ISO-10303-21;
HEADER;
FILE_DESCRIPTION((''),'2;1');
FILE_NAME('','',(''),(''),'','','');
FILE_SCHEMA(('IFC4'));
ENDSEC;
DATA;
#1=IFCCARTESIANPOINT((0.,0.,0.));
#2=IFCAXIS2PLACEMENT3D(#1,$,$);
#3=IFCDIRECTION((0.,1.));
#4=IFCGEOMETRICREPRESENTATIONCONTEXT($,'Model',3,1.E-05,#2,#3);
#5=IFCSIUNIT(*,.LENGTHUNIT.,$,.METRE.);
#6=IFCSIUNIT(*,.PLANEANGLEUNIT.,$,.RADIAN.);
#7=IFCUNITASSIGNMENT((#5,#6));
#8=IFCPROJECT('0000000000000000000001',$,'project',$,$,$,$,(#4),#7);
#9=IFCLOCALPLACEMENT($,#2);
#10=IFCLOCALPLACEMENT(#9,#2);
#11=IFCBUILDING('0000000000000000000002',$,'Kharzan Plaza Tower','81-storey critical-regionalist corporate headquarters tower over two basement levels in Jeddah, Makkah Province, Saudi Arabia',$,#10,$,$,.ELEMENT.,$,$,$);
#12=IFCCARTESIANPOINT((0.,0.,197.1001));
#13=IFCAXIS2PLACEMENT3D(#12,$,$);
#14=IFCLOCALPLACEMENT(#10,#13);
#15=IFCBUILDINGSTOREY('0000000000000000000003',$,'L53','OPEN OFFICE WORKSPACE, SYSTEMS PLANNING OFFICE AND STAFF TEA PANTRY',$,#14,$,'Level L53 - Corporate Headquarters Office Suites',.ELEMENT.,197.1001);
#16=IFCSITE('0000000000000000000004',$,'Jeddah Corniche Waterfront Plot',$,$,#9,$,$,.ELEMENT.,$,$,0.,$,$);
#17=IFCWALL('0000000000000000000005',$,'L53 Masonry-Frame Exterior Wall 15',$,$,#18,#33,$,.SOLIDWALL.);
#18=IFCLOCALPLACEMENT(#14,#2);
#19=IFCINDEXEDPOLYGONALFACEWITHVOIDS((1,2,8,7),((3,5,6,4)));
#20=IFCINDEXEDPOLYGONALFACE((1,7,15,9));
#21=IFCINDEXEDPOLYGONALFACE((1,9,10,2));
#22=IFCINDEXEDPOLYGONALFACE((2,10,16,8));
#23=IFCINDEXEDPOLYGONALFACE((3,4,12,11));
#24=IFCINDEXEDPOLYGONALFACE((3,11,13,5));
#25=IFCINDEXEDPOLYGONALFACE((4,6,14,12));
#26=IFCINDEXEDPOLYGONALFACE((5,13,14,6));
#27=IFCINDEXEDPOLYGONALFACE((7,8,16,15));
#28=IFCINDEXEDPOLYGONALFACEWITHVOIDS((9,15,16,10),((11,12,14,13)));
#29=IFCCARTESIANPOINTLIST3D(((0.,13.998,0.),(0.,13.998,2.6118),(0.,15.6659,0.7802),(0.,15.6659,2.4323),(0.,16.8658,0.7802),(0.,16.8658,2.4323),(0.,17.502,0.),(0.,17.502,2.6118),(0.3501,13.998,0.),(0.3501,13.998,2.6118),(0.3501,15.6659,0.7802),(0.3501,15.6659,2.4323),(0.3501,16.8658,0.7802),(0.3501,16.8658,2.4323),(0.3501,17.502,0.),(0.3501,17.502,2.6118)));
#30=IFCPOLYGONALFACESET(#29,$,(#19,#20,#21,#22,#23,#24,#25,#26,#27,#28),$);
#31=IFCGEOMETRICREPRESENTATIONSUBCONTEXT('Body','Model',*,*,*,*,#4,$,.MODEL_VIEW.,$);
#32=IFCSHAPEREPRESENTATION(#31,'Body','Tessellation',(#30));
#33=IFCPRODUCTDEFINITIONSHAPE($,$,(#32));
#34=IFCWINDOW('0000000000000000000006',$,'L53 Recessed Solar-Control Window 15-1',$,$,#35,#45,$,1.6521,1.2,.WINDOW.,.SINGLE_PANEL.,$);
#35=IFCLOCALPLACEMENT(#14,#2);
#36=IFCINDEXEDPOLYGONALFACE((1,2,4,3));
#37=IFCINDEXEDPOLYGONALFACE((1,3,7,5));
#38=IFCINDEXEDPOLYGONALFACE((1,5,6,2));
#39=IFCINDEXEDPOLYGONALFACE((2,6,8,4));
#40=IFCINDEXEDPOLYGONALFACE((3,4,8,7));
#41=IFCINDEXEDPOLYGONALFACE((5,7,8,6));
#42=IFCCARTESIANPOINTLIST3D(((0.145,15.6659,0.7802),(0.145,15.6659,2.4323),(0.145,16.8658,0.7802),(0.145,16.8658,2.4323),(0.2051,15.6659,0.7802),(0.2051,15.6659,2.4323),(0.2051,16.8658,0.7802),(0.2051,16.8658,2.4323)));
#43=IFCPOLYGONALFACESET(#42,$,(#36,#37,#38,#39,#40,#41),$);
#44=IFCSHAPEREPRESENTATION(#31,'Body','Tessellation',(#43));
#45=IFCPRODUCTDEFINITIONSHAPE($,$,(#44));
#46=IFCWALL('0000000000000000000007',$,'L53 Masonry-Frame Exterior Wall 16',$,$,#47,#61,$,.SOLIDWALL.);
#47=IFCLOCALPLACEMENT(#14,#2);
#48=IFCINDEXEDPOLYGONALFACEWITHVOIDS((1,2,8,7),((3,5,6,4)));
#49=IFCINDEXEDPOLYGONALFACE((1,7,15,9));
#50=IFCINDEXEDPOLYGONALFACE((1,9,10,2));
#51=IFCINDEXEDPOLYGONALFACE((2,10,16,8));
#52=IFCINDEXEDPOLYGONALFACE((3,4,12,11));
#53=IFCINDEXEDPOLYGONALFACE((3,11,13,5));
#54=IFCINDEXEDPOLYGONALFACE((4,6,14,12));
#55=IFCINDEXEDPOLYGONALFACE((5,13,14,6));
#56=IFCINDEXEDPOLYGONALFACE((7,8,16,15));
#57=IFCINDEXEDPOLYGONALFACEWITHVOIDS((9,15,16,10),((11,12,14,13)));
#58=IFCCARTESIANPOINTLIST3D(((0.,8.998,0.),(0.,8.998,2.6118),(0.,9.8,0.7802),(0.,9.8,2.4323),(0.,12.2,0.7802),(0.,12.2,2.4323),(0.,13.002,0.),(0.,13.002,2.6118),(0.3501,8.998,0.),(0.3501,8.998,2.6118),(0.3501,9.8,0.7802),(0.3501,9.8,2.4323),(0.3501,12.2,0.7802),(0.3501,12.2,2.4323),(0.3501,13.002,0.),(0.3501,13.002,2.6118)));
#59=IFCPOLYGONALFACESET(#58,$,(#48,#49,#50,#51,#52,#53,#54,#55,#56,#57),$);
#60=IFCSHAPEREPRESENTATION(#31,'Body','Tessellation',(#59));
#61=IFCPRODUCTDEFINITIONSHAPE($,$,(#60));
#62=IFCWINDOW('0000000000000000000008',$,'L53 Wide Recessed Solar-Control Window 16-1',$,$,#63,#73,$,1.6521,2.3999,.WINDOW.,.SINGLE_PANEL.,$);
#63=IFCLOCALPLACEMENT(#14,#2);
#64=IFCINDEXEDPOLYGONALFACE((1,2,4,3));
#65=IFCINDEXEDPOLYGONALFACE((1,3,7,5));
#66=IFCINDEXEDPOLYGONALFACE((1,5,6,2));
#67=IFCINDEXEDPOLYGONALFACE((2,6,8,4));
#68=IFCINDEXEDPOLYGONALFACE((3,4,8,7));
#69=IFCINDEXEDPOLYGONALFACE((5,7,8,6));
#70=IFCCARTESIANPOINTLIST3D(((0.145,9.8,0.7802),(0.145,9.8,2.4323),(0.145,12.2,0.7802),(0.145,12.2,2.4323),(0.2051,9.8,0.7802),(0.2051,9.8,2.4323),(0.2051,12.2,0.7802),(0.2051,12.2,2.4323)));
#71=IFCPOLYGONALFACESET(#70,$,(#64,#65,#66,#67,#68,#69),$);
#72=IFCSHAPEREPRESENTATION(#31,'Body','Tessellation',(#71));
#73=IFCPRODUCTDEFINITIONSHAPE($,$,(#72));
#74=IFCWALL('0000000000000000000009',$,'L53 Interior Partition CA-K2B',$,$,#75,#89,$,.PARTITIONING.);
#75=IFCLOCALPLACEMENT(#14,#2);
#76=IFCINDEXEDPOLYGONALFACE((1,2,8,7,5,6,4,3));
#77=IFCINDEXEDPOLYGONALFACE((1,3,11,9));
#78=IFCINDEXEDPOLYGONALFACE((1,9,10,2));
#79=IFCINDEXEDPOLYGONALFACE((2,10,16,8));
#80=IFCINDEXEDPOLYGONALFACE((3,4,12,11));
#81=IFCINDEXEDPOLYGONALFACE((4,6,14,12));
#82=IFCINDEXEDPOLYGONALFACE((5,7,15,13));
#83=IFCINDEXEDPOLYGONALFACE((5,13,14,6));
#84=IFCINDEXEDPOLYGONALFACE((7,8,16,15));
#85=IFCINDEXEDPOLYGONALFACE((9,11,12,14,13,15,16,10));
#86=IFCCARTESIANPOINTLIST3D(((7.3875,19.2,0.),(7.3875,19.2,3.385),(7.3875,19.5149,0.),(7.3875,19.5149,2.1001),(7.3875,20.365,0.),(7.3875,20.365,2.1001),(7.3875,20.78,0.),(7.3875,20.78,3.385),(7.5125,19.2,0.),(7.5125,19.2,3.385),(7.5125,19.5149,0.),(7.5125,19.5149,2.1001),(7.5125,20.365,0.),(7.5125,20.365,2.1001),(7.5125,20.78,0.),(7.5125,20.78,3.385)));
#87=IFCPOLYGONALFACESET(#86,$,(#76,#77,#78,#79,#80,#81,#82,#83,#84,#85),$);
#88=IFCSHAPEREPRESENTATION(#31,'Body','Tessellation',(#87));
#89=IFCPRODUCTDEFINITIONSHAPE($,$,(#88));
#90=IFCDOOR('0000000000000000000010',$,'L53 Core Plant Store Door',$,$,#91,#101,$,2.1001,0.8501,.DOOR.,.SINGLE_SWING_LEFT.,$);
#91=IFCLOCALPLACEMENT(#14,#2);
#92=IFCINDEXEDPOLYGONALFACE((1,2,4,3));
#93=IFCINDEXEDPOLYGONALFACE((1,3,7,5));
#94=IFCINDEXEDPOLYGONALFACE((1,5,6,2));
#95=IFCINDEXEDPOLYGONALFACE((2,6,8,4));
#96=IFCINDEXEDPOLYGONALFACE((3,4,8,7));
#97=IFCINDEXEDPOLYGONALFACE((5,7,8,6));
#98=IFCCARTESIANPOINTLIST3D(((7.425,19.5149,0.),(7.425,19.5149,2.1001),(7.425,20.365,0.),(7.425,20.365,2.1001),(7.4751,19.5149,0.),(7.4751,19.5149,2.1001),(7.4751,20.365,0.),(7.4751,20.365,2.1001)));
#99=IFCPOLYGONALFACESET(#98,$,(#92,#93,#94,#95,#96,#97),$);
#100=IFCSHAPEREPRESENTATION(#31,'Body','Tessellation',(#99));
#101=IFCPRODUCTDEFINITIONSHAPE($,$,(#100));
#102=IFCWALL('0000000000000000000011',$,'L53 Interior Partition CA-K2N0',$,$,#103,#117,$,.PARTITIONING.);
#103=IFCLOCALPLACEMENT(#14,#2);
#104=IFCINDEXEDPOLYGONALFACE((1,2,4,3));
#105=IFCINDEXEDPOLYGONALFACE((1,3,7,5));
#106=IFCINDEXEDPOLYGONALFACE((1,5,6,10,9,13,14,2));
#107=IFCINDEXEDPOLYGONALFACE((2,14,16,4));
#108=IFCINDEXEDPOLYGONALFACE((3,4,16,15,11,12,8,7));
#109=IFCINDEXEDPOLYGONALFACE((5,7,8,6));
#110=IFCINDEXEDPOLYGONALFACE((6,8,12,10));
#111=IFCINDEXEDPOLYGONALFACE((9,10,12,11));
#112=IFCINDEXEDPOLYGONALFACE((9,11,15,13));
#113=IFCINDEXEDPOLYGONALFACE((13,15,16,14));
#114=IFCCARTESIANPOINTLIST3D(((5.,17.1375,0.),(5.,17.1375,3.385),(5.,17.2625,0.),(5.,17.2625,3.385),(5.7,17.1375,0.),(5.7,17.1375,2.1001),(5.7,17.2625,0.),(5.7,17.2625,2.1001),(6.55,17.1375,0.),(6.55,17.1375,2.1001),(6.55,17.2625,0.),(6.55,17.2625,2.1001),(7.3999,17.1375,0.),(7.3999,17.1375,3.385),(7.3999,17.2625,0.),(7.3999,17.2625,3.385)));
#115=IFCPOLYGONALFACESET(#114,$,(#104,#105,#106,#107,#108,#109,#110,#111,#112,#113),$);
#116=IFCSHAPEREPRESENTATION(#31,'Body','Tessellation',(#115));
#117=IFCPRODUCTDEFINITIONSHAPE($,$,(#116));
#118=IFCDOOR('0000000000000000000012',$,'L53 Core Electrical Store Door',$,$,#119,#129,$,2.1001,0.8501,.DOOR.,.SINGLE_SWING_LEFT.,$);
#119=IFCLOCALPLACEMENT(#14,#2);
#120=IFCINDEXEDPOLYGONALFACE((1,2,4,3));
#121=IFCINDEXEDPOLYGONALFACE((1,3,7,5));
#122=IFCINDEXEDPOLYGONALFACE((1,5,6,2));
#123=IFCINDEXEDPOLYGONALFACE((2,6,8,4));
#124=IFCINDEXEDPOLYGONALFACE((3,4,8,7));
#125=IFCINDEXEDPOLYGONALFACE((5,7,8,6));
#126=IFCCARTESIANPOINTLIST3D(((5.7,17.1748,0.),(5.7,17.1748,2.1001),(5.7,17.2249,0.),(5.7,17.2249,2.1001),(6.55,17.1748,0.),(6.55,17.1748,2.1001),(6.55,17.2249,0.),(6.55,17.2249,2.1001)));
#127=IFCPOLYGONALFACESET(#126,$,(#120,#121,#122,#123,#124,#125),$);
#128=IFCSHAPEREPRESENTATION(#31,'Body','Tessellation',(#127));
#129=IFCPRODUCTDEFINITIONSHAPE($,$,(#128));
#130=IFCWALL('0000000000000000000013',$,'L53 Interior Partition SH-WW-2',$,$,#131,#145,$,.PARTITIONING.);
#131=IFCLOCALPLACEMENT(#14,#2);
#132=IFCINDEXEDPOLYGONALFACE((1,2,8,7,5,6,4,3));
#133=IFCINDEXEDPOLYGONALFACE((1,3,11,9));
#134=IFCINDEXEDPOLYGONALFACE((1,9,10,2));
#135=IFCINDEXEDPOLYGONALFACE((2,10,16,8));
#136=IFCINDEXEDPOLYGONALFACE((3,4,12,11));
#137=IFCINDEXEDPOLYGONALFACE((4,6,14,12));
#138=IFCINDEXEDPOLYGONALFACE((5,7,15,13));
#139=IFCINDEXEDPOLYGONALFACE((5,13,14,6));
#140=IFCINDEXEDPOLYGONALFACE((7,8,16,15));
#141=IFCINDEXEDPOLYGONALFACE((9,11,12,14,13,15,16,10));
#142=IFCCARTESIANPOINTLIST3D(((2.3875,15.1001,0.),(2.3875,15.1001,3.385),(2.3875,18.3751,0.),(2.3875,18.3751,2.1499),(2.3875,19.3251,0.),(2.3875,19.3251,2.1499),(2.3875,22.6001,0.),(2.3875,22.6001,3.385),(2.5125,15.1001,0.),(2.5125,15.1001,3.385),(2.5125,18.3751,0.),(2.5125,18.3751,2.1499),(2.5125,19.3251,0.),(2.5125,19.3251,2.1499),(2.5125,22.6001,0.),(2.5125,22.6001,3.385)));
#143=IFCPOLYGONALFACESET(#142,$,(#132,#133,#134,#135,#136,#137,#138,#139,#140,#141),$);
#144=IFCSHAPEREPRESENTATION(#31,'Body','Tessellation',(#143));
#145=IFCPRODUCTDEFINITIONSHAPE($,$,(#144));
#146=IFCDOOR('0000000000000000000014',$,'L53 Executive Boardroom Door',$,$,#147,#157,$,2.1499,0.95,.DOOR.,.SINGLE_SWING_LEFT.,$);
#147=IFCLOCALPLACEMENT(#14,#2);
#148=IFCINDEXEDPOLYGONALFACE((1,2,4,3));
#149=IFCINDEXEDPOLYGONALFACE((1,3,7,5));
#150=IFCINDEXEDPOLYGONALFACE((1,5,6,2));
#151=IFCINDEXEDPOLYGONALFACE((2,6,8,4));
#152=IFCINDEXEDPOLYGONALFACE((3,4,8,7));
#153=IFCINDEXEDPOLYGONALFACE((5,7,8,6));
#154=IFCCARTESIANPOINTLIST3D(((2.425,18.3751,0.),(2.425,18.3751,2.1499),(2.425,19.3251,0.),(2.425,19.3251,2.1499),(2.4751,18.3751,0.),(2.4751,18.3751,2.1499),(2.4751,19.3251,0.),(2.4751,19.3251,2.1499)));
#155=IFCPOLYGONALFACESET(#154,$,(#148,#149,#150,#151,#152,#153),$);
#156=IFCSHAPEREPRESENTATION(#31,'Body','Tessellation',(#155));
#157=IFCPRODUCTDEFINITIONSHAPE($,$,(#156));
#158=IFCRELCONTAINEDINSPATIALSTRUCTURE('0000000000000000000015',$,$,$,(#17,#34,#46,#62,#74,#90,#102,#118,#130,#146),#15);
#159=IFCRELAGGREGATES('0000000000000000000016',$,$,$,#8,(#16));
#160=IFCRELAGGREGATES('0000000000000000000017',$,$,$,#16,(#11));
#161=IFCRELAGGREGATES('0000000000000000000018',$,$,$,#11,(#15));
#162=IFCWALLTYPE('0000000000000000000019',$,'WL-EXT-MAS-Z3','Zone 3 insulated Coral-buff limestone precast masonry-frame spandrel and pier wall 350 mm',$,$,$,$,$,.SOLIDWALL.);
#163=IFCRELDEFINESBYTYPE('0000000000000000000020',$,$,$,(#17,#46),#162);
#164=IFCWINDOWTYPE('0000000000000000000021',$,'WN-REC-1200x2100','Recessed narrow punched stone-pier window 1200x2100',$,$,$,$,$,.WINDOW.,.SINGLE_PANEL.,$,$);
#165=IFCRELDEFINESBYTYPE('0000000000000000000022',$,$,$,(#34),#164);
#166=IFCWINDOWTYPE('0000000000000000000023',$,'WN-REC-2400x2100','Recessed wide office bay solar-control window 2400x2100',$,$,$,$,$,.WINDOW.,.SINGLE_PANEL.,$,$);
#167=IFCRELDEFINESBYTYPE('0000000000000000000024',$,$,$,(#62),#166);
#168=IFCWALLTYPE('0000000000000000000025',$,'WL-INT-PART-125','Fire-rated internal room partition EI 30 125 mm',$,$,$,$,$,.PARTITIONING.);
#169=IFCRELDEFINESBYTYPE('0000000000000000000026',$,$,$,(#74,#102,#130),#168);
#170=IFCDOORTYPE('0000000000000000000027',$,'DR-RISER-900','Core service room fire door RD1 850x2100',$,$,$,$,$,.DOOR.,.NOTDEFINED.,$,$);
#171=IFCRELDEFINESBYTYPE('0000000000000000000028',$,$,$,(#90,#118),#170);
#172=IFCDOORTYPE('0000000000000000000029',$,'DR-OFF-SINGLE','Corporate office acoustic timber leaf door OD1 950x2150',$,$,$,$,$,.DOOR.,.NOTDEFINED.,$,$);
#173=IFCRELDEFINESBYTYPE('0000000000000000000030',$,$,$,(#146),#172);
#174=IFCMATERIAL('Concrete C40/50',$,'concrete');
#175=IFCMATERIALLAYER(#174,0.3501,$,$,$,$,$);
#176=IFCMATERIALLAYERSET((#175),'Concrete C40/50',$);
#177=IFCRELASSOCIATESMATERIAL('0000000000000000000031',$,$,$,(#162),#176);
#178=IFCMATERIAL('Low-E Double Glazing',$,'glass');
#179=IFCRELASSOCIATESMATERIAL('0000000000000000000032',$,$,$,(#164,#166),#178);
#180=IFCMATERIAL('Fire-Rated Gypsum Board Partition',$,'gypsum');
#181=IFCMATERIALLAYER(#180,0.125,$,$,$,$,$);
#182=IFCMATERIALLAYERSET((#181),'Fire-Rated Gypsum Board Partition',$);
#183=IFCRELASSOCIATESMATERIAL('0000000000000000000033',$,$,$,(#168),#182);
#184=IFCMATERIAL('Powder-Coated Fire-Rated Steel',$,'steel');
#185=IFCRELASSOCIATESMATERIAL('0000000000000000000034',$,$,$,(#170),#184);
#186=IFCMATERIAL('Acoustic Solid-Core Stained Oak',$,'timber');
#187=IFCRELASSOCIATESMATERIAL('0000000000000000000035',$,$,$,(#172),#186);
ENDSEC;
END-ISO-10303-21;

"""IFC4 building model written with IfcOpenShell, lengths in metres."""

from ifc_helpers import new_model, si_unit, direction, frame, frame_2d, origin, place, context, subcontext, project, spatial, rectangle, extrude, source, transform, mapped, material, layer, layer_set, type_object, element, fill, save


model = new_model("IFC4")

# Units and contexts
model_context = context("Model", 3, precision=1e-05, world=origin(), true_north=direction((0.0, 1.0)))
body_context = subcontext(model_context, "Body", "Model", "MODEL_VIEW")
ifc_project = project(units=[si_unit("LENGTHUNIT", "METRE"), si_unit("PLANEANGLEUNIT", "RADIAN")], contexts=[model_context])

# Site, building, storey
site_placement = place(None, origin())
site = spatial("IfcSite", under=ifc_project, at=site_placement, Name="Jeddah Corniche Waterfront Plot", CompositionType="ELEMENT", RefElevation=0.0)
building_placement = place(site_placement, origin())
building = spatial("IfcBuilding", under=site, at=building_placement, Name="Kharzan Plaza Tower", Description="81-storey critical-regionalist corporate headquarters tower over two basement levels in Jeddah, Makkah Province, Saudi Arabia", CompositionType="ELEMENT")
storey_placement = place(building_placement, frame((0.0, 0.0, 197.1001)))
storey = spatial("IfcBuildingStorey", under=building, at=storey_placement, Name="L53", Description="OPEN OFFICE WORKSPACE, SYSTEMS PLANNING OFFICE AND STAFF TEA PANTRY", LongName="Level L53 - Corporate Headquarters Office Suites", CompositionType="ELEMENT", Elevation=197.1001)

# Walls, openings, windows
ifc_material_1 = material(Name="Concrete C40/50", Category="concrete")
ifc_layer_1 = layer(ifc_material_1, 0.3501)
ifc_layer_set_1 = layer_set([ifc_layer_1], Name="Concrete C40/50")
wall_type_1 = type_object("IfcWallType", Name="WL-EXT-MAS-Z3", Description="Zone 3 insulated Coral-buff limestone precast masonry-frame spandrel and pier wall 350 mm", PredefinedType="SOLIDWALL", material=ifc_layer_set_1)
wall_1_placement = place(storey_placement, frame((0.175, 17.502, 0.0), z_axis=(0.0, 0.0, 1.0), x_axis=(0.0, -1.0, 0.0)))
wall_1 = element("IfcWall", 1, at=wall_1_placement, inside=storey, type_object=wall_type_1, Name="L53 Masonry-Frame Exterior Wall 15", PredefinedType="SOLIDWALL", context=body_context, shape_type="SweptSolid", body=[
    extrude(rectangle(XDim=3.5039, YDim=0.3501, at=frame_2d((1.752, 0.0))), origin(), (0.0, 0.0, 1.0), 2.6118),
])
opening_1_placement = place(wall_1_placement, frame((0.636, 0.0, 0.78)))
opening_1 = element("IfcOpeningElement", 2, at=opening_1_placement, cuts=wall_1, PredefinedType="OPENING", context=body_context, shape_type="SweptSolid", body=[
    extrude(rectangle(XDim=1.2, YDim=1.6521, at=frame_2d((0.6001, 0.8262))), frame((0.0, 0.1851, 0.0), z_axis=(0.0, -1.0, 0.0), x_axis=(1.0, 0.0, 0.0)), (0.0, 0.0, 1.0), 0.3701),
])
ifc_material_2 = material(Name="Low-E Double Glazing", Category="glass")
window_type_1 = type_object("IfcWindowType", Name="WN-REC-1200x2100", Description="Recessed narrow punched stone-pier window 1200x2100", PartitioningType="SINGLE_PANEL", PredefinedType="WINDOW", material=ifc_material_2)
shared_shape_1 = source(origin(), body_context, "Body", "SweptSolid", [
    extrude(rectangle(XDim=1.2, YDim=1.6521, at=frame_2d((0.6001, 0.8262))), frame((0.0, 0.03, 0.0), z_axis=(0.0, -1.0, 0.0), x_axis=(1.0, 0.0, 0.0)), (0.0, 0.0, 1.0), 0.0601),
])
window_1_placement = place(opening_1_placement, origin())
window_1 = element("IfcWindow", 3, at=window_1_placement, inside=storey, type_object=window_type_1, Name="L53 Recessed Solar-Control Window 15-1", OverallHeight=1.6521, OverallWidth=1.2, PartitioningType="SINGLE_PANEL", PredefinedType="WINDOW", context=body_context, shape_type="MappedRepresentation", body=[
    mapped(shared_shape_1, transform((0.0, 0.0, 0.0), x_axis=(1.0, 0.0, 0.0), y_axis=(0.0, 1.0, 0.0), z_axis=(0.0, 0.0, 1.0))),
])
fill(opening_1, window_1)
wall_2_placement = place(storey_placement, frame((0.175, 13.002, 0.0), z_axis=(0.0, 0.0, 1.0), x_axis=(0.0, -1.0, 0.0)))
wall_2 = element("IfcWall", 4, at=wall_2_placement, inside=storey, type_object=wall_type_1, Name="L53 Masonry-Frame Exterior Wall 16", PredefinedType="SOLIDWALL", context=body_context, shape_type="SweptSolid", body=[
    extrude(rectangle(XDim=4.0039, YDim=0.3501, at=frame_2d((2.002, 0.0))), origin(), (0.0, 0.0, 1.0), 2.6118),
])
opening_2_placement = place(wall_2_placement, frame((0.802, 0.0, 0.78)))
opening_2 = element("IfcOpeningElement", 5, at=opening_2_placement, cuts=wall_2, PredefinedType="OPENING", context=body_context, shape_type="SweptSolid", body=[
    extrude(rectangle(XDim=2.3999, YDim=1.6521, at=frame_2d((1.2, 0.8262))), frame((0.0, 0.1851, 0.0), z_axis=(0.0, -1.0, 0.0), x_axis=(1.0, 0.0, 0.0)), (0.0, 0.0, 1.0), 0.3701),
])
window_type_2 = type_object("IfcWindowType", Name="WN-REC-2400x2100", Description="Recessed wide office bay solar-control window 2400x2100", PartitioningType="SINGLE_PANEL", PredefinedType="WINDOW", material=ifc_material_2)
shared_shape_2 = source(origin(), body_context, "Body", "SweptSolid", [
    extrude(rectangle(XDim=2.3999, YDim=1.6521, at=frame_2d((1.2, 0.8262))), frame((0.0, 0.03, 0.0), z_axis=(0.0, -1.0, 0.0), x_axis=(1.0, 0.0, 0.0)), (0.0, 0.0, 1.0), 0.0601),
])
window_2_placement = place(opening_2_placement, origin())
window_2 = element("IfcWindow", 6, at=window_2_placement, inside=storey, type_object=window_type_2, Name="L53 Wide Recessed Solar-Control Window 16-1", OverallHeight=1.6521, OverallWidth=2.3999, PartitioningType="SINGLE_PANEL", PredefinedType="WINDOW", context=body_context, shape_type="MappedRepresentation", body=[
    mapped(shared_shape_2, transform((0.0, 0.0, 0.0), x_axis=(1.0, 0.0, 0.0), y_axis=(0.0, 1.0, 0.0), z_axis=(0.0, 0.0, 1.0))),
])
fill(opening_2, window_2)

# Walls, openings, doors
ifc_material_3 = material(Name="Fire-Rated Gypsum Board Partition", Category="gypsum")
ifc_layer_2 = layer(ifc_material_3, 0.125)
ifc_layer_set_2 = layer_set([ifc_layer_2], Name="Fire-Rated Gypsum Board Partition")
wall_type_2 = type_object("IfcWallType", Name="WL-INT-PART-125", Description="Fire-rated internal room partition EI 30 125 mm", PredefinedType="PARTITIONING", material=ifc_layer_set_2)
wall_3_placement = place(storey_placement, frame((7.45, 19.2, 0.0), z_axis=(0.0, 0.0, 1.0), x_axis=(0.0, 1.0, 0.0)))
wall_3 = element("IfcWall", 7, at=wall_3_placement, inside=storey, type_object=wall_type_2, Name="L53 Interior Partition CA-K2B", PredefinedType="PARTITIONING", context=body_context, shape_type="SweptSolid", body=[
    extrude(rectangle(XDim=1.5801, YDim=0.125, at=frame_2d((0.79, 0.0))), origin(), (0.0, 0.0, 1.0), 3.385),
])
opening_3_placement = place(wall_3_placement, frame((0.3149, 0.0, 0.0)))
opening_3 = element("IfcOpeningElement", 8, at=opening_3_placement, cuts=wall_3, PredefinedType="OPENING", context=body_context, shape_type="SweptSolid", body=[
    extrude(rectangle(XDim=0.8501, YDim=2.1001, at=frame_2d((0.425, 1.05))), frame((0.0, 0.0725, 0.0), z_axis=(0.0, -1.0, 0.0), x_axis=(1.0, 0.0, 0.0)), (0.0, 0.0, 1.0), 0.145),
])
ifc_material_4 = material(Name="Powder-Coated Fire-Rated Steel", Category="steel")
door_type_1 = type_object("IfcDoorType", Name="DR-RISER-900", Description="Core service room fire door RD1 850x2100", OperationType="NOTDEFINED", PredefinedType="DOOR", material=ifc_material_4)
shared_shape_3 = source(origin(), body_context, "Body", "SweptSolid", [
    extrude(rectangle(XDim=0.8501, YDim=2.1001, at=frame_2d((0.425, 1.05))), frame((0.0, 0.0249, 0.0), z_axis=(0.0, -1.0, 0.0), x_axis=(1.0, 0.0, 0.0)), (0.0, 0.0, 1.0), 0.05),
])
door_1_placement = place(opening_3_placement, origin())
door_1 = element("IfcDoor", 9, at=door_1_placement, inside=storey, type_object=door_type_1, Name="L53 Core Plant Store Door", OperationType="SINGLE_SWING_LEFT", OverallHeight=2.1001, OverallWidth=0.8501, PredefinedType="DOOR", context=body_context, shape_type="MappedRepresentation", body=[
    mapped(shared_shape_3, transform((0.0, 0.0, 0.0), x_axis=(1.0, 0.0, 0.0), y_axis=(0.0, 1.0, 0.0), z_axis=(0.0, 0.0, 1.0))),
])
fill(opening_3, door_1)
wall_4_placement = place(storey_placement, frame((5.0, 17.2, 0.0), z_axis=(0.0, 0.0, 1.0), x_axis=(1.0, 0.0, 0.0)))
wall_4 = element("IfcWall", 10, at=wall_4_placement, inside=storey, type_object=wall_type_2, Name="L53 Interior Partition CA-K2N0", PredefinedType="PARTITIONING", context=body_context, shape_type="SweptSolid", body=[
    extrude(rectangle(XDim=2.3999, YDim=0.125, at=frame_2d((1.2, 0.0))), origin(), (0.0, 0.0, 1.0), 3.385),
])
opening_4_placement = place(wall_4_placement, frame((0.7, 0.0, 0.0)))
opening_4 = element("IfcOpeningElement", 11, at=opening_4_placement, cuts=wall_4, PredefinedType="OPENING", context=body_context, shape_type="SweptSolid", body=[
    extrude(rectangle(XDim=0.8501, YDim=2.1001, at=frame_2d((0.425, 1.05))), frame((0.0, 0.0725, 0.0), z_axis=(0.0, -1.0, 0.0), x_axis=(1.0, 0.0, 0.0)), (0.0, 0.0, 1.0), 0.145),
])
door_2_placement = place(opening_4_placement, origin())
door_2 = element("IfcDoor", 12, at=door_2_placement, inside=storey, type_object=door_type_1, Name="L53 Core Electrical Store Door", OperationType="SINGLE_SWING_LEFT", OverallHeight=2.1001, OverallWidth=0.8501, PredefinedType="DOOR", context=body_context, shape_type="MappedRepresentation", body=[
    mapped(shared_shape_3, transform((0.0, 0.0, 0.0), x_axis=(1.0, 0.0, 0.0), y_axis=(0.0, 1.0, 0.0), z_axis=(0.0, 0.0, 1.0))),
])
fill(opening_4, door_2)
wall_5_placement = place(storey_placement, frame((2.45, 15.1001, 0.0), z_axis=(0.0, 0.0, 1.0), x_axis=(0.0, 1.0, 0.0)))
wall_5 = element("IfcWall", 13, at=wall_5_placement, inside=storey, type_object=wall_type_2, Name="L53 Interior Partition SH-WW-2", PredefinedType="PARTITIONING", context=body_context, shape_type="SweptSolid", body=[
    extrude(rectangle(XDim=7.5, YDim=0.125, at=frame_2d((3.75, 0.0))), origin(), (0.0, 0.0, 1.0), 3.385),
])
opening_5_placement = place(wall_5_placement, frame((3.2749, 0.0, 0.0)))
opening_5 = element("IfcOpeningElement", 14, at=opening_5_placement, cuts=wall_5, PredefinedType="OPENING", context=body_context, shape_type="SweptSolid", body=[
    extrude(rectangle(XDim=0.95, YDim=2.1499, at=frame_2d((0.4751, 1.075))), frame((0.0, 0.0725, 0.0), z_axis=(0.0, -1.0, 0.0), x_axis=(1.0, 0.0, 0.0)), (0.0, 0.0, 1.0), 0.145),
])
ifc_material_5 = material(Name="Acoustic Solid-Core Stained Oak", Category="timber")
door_type_2 = type_object("IfcDoorType", Name="DR-OFF-SINGLE", Description="Corporate office acoustic timber leaf door OD1 950x2150", OperationType="NOTDEFINED", PredefinedType="DOOR", material=ifc_material_5)
shared_shape_4 = source(origin(), body_context, "Body", "SweptSolid", [
    extrude(rectangle(XDim=0.95, YDim=2.1499, at=frame_2d((0.4751, 1.075))), frame((0.0, 0.0249, 0.0), z_axis=(0.0, -1.0, 0.0), x_axis=(1.0, 0.0, 0.0)), (0.0, 0.0, 1.0), 0.05),
])
door_3_placement = place(opening_5_placement, origin())
door_3 = element("IfcDoor", 15, at=door_3_placement, inside=storey, type_object=door_type_2, Name="L53 Executive Boardroom Door", OperationType="SINGLE_SWING_LEFT", OverallHeight=2.1499, OverallWidth=0.95, PredefinedType="DOOR", context=body_context, shape_type="MappedRepresentation", body=[
    mapped(shared_shape_4, transform((0.0, 0.0, 0.0), x_axis=(1.0, 0.0, 0.0), y_axis=(0.0, 1.0, 0.0), z_axis=(0.0, 0.0, 1.0))),
])
fill(opening_5, door_3)

save(model, "model.ifc")
